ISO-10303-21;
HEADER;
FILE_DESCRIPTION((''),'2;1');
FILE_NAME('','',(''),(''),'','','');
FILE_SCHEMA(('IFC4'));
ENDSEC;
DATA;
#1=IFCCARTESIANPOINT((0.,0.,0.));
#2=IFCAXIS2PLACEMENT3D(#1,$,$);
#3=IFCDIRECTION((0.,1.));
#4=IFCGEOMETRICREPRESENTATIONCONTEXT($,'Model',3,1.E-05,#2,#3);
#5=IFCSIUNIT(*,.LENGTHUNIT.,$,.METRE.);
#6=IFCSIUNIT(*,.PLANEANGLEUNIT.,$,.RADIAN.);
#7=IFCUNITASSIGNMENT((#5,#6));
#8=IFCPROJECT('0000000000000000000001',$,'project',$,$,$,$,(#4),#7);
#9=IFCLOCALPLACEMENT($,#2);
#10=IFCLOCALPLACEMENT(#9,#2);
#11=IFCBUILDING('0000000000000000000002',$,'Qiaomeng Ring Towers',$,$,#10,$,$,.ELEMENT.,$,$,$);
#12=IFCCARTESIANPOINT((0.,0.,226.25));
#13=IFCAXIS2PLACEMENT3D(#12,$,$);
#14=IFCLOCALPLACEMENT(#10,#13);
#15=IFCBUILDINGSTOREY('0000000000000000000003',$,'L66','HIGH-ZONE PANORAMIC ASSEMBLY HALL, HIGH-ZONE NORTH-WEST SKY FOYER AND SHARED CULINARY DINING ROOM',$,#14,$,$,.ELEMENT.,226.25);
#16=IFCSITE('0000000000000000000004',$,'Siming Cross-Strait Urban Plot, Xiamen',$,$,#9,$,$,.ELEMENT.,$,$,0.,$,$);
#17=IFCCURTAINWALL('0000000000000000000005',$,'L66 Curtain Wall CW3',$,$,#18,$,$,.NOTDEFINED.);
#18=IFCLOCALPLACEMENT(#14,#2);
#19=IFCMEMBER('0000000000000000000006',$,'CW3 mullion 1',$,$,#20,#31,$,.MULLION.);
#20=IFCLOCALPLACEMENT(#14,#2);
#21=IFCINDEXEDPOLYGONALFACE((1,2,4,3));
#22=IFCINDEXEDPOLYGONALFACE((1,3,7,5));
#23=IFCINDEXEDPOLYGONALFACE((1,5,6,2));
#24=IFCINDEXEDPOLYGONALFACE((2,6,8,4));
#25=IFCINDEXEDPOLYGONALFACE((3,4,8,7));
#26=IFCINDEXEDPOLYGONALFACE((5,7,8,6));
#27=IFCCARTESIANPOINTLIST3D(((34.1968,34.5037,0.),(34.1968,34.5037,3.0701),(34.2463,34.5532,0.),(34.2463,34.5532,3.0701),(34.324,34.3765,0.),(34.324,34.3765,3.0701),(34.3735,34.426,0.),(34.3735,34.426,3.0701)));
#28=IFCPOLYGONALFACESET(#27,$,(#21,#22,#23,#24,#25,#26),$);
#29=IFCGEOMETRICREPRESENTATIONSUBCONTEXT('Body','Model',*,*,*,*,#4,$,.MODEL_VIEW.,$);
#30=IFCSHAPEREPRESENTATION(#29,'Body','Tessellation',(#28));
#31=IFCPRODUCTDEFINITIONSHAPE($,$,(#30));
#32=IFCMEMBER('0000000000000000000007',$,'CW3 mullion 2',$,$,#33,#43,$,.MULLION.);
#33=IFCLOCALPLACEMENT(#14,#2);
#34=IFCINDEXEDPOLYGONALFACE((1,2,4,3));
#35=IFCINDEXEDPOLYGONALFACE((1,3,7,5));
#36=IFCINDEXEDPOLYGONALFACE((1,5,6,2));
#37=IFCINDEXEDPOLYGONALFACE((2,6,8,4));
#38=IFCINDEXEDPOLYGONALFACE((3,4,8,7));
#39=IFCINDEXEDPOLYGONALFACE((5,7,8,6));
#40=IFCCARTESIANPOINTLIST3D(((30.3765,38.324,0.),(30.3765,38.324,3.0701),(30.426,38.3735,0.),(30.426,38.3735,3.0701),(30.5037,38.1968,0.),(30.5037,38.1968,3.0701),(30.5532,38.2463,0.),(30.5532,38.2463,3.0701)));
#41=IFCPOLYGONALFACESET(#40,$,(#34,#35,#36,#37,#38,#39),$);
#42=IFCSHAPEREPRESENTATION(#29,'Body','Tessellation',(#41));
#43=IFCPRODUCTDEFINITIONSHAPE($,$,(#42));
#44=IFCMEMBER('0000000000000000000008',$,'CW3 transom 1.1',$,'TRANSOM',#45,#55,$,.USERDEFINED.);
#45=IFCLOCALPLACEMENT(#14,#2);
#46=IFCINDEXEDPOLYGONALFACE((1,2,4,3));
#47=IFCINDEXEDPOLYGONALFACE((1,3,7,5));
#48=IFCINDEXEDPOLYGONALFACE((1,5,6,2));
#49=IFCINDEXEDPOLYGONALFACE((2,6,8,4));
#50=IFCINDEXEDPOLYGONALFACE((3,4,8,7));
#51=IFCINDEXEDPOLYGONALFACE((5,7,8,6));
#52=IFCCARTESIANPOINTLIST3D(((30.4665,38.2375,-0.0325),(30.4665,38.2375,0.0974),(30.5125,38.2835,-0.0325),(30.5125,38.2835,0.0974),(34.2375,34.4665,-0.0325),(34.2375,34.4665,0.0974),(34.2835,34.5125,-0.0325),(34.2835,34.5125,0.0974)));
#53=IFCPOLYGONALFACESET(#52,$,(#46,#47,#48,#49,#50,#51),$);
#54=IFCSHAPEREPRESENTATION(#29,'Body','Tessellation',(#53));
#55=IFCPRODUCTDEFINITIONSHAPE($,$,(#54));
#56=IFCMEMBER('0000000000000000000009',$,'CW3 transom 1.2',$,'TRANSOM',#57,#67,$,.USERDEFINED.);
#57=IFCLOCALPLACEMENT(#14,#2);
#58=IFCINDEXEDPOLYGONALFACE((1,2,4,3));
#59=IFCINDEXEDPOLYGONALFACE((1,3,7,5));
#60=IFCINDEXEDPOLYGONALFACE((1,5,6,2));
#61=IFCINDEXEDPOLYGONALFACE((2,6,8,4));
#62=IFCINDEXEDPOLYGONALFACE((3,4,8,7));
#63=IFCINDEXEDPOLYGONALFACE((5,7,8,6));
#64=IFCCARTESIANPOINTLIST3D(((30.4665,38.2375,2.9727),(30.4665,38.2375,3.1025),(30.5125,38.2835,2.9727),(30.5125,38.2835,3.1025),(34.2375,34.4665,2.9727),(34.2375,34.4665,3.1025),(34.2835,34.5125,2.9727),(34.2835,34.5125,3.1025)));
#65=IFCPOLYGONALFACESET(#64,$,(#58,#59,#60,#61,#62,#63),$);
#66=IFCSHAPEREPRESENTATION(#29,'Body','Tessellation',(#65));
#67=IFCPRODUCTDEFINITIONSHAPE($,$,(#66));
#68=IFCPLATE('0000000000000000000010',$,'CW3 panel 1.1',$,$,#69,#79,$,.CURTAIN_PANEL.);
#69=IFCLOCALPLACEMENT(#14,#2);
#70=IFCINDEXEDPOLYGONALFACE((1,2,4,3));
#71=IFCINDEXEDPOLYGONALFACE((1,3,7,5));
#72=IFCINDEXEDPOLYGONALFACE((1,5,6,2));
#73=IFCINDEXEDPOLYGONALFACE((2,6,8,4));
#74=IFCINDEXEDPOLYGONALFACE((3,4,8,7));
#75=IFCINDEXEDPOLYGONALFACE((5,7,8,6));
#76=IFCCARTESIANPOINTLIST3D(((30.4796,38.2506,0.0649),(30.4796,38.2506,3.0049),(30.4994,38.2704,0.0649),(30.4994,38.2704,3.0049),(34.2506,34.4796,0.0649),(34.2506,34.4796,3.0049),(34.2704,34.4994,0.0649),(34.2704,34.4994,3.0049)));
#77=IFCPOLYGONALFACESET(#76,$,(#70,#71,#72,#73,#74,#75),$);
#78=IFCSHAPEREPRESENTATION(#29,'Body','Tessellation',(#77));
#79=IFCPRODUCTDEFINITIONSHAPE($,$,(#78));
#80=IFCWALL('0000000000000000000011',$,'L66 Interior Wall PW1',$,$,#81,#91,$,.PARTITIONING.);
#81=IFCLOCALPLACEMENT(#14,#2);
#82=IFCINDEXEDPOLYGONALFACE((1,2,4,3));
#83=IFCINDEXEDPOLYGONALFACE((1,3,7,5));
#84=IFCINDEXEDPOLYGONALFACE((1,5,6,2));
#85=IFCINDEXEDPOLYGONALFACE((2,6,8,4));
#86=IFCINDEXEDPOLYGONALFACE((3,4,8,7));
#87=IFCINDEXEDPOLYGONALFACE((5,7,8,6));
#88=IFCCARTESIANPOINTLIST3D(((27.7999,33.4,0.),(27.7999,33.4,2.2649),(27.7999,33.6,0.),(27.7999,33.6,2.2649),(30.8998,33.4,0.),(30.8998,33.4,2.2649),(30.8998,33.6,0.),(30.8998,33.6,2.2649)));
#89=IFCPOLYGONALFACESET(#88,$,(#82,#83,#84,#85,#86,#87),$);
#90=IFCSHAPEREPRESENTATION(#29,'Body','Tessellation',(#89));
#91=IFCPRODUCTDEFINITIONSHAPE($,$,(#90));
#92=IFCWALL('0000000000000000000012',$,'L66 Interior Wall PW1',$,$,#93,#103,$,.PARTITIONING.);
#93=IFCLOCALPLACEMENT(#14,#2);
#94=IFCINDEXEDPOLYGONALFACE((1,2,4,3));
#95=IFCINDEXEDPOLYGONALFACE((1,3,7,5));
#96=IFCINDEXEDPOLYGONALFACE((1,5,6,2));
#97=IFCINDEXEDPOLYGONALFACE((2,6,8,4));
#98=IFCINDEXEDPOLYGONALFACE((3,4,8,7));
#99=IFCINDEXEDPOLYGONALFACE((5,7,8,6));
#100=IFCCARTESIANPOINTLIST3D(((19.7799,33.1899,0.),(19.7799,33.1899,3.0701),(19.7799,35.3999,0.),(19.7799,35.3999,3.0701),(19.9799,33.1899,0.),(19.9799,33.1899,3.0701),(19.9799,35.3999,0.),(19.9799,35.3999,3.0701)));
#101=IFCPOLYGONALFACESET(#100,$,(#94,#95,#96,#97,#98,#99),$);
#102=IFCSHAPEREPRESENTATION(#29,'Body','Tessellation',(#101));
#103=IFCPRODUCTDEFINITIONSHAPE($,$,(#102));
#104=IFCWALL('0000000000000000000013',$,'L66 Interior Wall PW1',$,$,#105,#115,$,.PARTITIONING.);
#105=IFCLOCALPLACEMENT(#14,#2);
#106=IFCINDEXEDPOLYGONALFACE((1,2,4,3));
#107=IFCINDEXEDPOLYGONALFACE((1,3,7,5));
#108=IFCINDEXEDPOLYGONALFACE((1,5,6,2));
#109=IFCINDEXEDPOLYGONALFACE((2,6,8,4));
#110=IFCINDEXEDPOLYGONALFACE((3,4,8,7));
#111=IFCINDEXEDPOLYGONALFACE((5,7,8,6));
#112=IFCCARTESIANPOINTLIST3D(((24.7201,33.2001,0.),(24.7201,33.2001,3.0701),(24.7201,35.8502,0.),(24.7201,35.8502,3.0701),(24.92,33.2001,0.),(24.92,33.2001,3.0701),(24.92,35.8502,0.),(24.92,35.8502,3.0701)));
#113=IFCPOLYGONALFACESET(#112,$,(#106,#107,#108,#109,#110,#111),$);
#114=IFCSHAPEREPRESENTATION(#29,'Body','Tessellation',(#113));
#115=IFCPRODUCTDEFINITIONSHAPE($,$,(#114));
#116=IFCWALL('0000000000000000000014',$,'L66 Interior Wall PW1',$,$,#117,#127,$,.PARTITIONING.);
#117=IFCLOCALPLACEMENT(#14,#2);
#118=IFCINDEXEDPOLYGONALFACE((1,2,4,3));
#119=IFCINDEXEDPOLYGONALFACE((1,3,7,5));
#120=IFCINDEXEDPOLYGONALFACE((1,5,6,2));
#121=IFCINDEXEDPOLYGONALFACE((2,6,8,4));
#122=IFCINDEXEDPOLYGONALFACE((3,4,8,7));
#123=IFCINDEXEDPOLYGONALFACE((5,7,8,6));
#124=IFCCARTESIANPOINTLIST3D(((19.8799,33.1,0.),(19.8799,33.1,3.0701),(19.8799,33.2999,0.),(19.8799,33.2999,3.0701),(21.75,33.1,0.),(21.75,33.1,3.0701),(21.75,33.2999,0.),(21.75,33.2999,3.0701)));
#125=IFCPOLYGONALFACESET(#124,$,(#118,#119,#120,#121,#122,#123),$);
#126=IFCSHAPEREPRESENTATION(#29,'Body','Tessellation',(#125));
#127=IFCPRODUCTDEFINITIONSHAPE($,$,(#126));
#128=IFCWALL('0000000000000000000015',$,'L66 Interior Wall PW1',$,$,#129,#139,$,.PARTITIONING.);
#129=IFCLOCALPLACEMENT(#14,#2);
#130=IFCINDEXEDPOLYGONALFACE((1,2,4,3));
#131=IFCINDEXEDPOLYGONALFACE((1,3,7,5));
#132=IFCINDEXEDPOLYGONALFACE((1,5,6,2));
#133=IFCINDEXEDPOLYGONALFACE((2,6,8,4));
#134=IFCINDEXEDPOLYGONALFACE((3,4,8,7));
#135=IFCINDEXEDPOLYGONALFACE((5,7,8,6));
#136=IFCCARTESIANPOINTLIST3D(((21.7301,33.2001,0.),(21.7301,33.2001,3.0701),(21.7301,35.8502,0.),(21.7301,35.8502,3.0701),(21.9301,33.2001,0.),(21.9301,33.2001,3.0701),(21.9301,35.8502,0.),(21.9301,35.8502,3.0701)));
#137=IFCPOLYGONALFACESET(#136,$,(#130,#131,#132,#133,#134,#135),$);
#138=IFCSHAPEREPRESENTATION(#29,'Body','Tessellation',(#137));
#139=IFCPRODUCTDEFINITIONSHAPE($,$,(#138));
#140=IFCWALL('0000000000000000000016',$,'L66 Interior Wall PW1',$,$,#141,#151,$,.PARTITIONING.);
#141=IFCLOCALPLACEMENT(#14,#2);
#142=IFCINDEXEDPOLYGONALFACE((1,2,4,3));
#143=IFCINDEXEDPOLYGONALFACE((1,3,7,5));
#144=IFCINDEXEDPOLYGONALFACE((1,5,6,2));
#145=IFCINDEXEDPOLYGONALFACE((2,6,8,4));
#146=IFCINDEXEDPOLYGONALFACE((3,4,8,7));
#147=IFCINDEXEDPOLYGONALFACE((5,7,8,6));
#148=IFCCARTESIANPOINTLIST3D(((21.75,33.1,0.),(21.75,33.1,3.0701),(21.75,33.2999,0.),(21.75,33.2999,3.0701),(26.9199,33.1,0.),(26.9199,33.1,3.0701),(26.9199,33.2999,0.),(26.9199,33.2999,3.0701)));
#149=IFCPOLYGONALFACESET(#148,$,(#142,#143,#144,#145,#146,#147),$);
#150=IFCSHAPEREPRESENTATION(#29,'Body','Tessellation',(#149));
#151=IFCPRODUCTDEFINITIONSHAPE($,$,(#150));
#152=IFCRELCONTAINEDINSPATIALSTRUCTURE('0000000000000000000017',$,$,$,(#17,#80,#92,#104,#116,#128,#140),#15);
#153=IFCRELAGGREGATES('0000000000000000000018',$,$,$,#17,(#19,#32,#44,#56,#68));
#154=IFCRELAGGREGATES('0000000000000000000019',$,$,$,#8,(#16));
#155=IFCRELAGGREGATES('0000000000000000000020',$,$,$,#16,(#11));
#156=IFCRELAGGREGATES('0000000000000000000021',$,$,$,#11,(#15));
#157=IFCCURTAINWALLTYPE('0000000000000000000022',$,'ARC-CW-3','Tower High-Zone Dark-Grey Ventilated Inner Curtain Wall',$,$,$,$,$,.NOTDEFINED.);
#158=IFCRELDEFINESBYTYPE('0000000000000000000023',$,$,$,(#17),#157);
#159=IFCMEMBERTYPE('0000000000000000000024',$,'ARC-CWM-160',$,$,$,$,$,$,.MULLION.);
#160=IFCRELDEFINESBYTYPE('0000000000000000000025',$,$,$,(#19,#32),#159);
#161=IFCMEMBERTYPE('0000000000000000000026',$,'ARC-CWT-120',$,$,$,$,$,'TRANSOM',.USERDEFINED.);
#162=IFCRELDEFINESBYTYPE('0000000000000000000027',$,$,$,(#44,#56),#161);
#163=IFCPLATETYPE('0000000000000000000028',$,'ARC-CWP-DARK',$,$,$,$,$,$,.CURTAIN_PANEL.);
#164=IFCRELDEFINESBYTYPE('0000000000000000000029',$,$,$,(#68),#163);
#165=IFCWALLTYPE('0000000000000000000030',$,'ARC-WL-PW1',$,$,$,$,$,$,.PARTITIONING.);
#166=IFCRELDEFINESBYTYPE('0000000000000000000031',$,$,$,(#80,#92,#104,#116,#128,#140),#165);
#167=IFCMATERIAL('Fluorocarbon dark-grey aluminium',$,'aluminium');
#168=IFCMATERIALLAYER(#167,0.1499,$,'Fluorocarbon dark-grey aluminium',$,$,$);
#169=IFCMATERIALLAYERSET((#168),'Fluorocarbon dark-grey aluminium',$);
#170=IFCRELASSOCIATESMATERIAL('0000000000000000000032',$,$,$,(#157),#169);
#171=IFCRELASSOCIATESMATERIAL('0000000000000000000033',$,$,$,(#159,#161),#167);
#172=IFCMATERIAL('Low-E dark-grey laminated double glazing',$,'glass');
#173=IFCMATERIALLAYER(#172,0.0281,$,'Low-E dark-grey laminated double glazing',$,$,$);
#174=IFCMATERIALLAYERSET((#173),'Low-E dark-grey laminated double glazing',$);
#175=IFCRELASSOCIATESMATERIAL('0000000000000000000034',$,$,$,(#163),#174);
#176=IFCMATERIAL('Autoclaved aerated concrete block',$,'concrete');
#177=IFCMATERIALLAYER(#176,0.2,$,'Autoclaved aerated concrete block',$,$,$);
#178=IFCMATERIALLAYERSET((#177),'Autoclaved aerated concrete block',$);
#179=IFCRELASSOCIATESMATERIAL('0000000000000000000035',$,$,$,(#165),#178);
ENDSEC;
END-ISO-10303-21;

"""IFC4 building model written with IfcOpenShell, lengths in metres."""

from ifc_helpers import new_model, si_unit, direction, frame, frame_2d, origin, origin_2d, place, context, subcontext, project, spatial, rectangle, extrude, source, transform, mapped, material, layer, layer_set, material_profile, profile_set, type_object, element, aggregate, save


model = new_model("IFC4")

# Units and contexts
model_context = context("Model", 3, precision=1e-05, world=origin(), true_north=direction((0.0, 1.0)))
body_context = subcontext(model_context, "Body", "Model", "MODEL_VIEW")
ifc_project = project(units=[si_unit("LENGTHUNIT", "METRE"), si_unit("PLANEANGLEUNIT", "RADIAN")], contexts=[model_context])

# Site, building, storey
site_placement = place(None, origin())
site = spatial("IfcSite", under=ifc_project, at=site_placement, Name="Siming Cross-Strait Urban Plot, Xiamen", CompositionType="ELEMENT", RefElevation=0.0)
building_placement = place(site_placement, origin())
building = spatial("IfcBuilding", under=site, at=building_placement, Name="Qiaomeng Ring Towers", CompositionType="ELEMENT")
storey_placement = place(building_placement, frame((0.0, 0.0, 226.25)))
storey = spatial("IfcBuildingStorey", under=building, at=storey_placement, Name="L66", Description="HIGH-ZONE PANORAMIC ASSEMBLY HALL, HIGH-ZONE NORTH-WEST SKY FOYER AND SHARED CULINARY DINING ROOM", CompositionType="ELEMENT", Elevation=226.25)

# Curtain wall, members, plate
ifc_material_1 = material(Name="Fluorocarbon dark-grey aluminium", Category="aluminium")
ifc_layer_1 = layer(ifc_material_1, 0.1499, Name="Fluorocarbon dark-grey aluminium")
ifc_layer_set_1 = layer_set([ifc_layer_1], Name="Fluorocarbon dark-grey aluminium")
curtain_wall_type = type_object("IfcCurtainWallType", Name="ARC-CW-3", Description="Tower High-Zone Dark-Grey Ventilated Inner Curtain Wall", PredefinedType="NOTDEFINED", material=ifc_layer_set_1)
curtain_wall_placement = place(storey_placement, origin())
curtain_wall = element("IfcCurtainWall", 1, at=curtain_wall_placement, inside=storey, type_object=curtain_wall_type, Name="L66 Curtain Wall CW3", PredefinedType="NOTDEFINED")
ifc_material_profile_1 = material_profile(ifc_material_1, rectangle(XDim=0.0701, YDim=0.1799, at=origin_2d()), Name="ALU MULL 70x180")
ifc_profile_set_1 = profile_set([ifc_material_profile_1], Name="Fluorocarbon dark-grey aluminium")
member_type_1 = type_object("IfcMemberType", Name="ARC-CWM-160", PredefinedType="MULLION", material=ifc_profile_set_1)
shared_shape_1 = source(origin(), body_context, "Body", "SweptSolid", [
    extrude(rectangle(XDim=0.0701, YDim=0.1799, at=origin_2d()), origin(), (0.0, 0.0, 1.0), 3.0701),
])
member_1_placement = place(storey_placement, frame((34.2852, 34.4648, 0.0), z_axis=(0.0, 0.0, 1.0), x_axis=(-0.707107, -0.707107, 0.0)))
member_1 = element("IfcMember", 2, at=member_1_placement, type_object=member_type_1, Name="CW3 mullion 1", PredefinedType="MULLION", context=body_context, shape_type="MappedRepresentation", body=[
    mapped(shared_shape_1, transform((0.0, 0.0, 0.0), x_axis=(1.0, 0.0, 0.0), y_axis=(0.0, 1.0, 0.0), z_axis=(0.0, 0.0, 1.0), scale=1.0)),
])
member_2_placement = place(storey_placement, frame((30.4648, 38.2852, 0.0), z_axis=(0.0, 0.0, 1.0), x_axis=(-0.707107, -0.707107, 0.0)))
member_2 = element("IfcMember", 3, at=member_2_placement, type_object=member_type_1, Name="CW3 mullion 2", PredefinedType="MULLION", context=body_context, shape_type="MappedRepresentation", body=[
    mapped(shared_shape_1, transform((0.0, 0.0, 0.0), x_axis=(1.0, 0.0, 0.0), y_axis=(0.0, 1.0, 0.0), z_axis=(0.0, 0.0, 1.0), scale=1.0)),
])
ifc_material_profile_2 = material_profile(ifc_material_1, rectangle(XDim=0.0649, YDim=0.1299, at=origin_2d()), Name="ALU TRAN 65x130")
ifc_profile_set_2 = profile_set([ifc_material_profile_2], Name="Fluorocarbon dark-grey aluminium")
member_type_2 = type_object("IfcMemberType", Name="ARC-CWT-120", ElementType="TRANSOM", PredefinedType="USERDEFINED", material=ifc_profile_set_2)
shared_shape_2 = source(origin(), body_context, "Body", "SweptSolid", [
    extrude(rectangle(XDim=0.0649, YDim=0.1299, at=origin_2d()), origin(), (0.0, 0.0, 1.0), 5.333),
])
member_3_placement = place(storey_placement, frame((34.2605, 34.4895, 0.0325), z_axis=(-0.707107, 0.707107, 0.0), x_axis=(-0.707107, -0.707107, 0.0)))
member_3 = element("IfcMember", 4, at=member_3_placement, type_object=member_type_2, Name="CW3 transom 1.1", ObjectType="TRANSOM", PredefinedType="USERDEFINED", context=body_context, shape_type="MappedRepresentation", body=[
    mapped(shared_shape_2, transform((0.0, 0.0, 0.0), x_axis=(1.0, 0.0, 0.0), y_axis=(0.0, 1.0, 0.0), z_axis=(0.0, 0.0, 1.0), scale=1.0)),
])
member_4_placement = place(storey_placement, frame((34.2605, 34.4895, 3.0376), z_axis=(-0.707107, 0.707107, 0.0), x_axis=(-0.707107, -0.707107, 0.0)))
member_4 = element("IfcMember", 5, at=member_4_placement, type_object=member_type_2, Name="CW3 transom 1.2", ObjectType="TRANSOM", PredefinedType="USERDEFINED", context=body_context, shape_type="MappedRepresentation", body=[
    mapped(shared_shape_2, transform((0.0, 0.0, 0.0), x_axis=(1.0, 0.0, 0.0), y_axis=(0.0, 1.0, 0.0), z_axis=(0.0, 0.0, 1.0), scale=1.0)),
])
ifc_material_2 = material(Name="Low-E dark-grey laminated double glazing", Category="glass")
ifc_layer_2 = layer(ifc_material_2, 0.0281, Name="Low-E dark-grey laminated double glazing")
ifc_layer_set_2 = layer_set([ifc_layer_2], Name="Low-E dark-grey laminated double glazing")
plate_type = type_object("IfcPlateType", Name="ARC-CWP-DARK", PredefinedType="CURTAIN_PANEL", material=ifc_layer_set_2)
shared_shape_3 = source(origin(), body_context, "Body", "SweptSolid", [
    extrude(rectangle(XDim=5.333, YDim=0.0281, at=origin_2d()), origin(), (0.0, 0.0, 1.0), 2.9399),
])
plate_placement = place(storey_placement, frame((32.375, 36.375, 0.0649), z_axis=(0.0, 0.0, 1.0), x_axis=(-0.707107, 0.707107, 0.0)))
plate = element("IfcPlate", 6, at=plate_placement, type_object=plate_type, Name="CW3 panel 1.1", PredefinedType="CURTAIN_PANEL", context=body_context, shape_type="MappedRepresentation", body=[
    mapped(shared_shape_3, transform((0.0, 0.0, 0.0), x_axis=(1.0, 0.0, 0.0), y_axis=(0.0, 1.0, 0.0), z_axis=(0.0, 0.0, 1.0), scale=1.0)),
])
aggregate(curtain_wall, [member_1, member_2, member_3, member_4, plate])

# Walls
ifc_material_3 = material(Name="Autoclaved aerated concrete block", Category="concrete")
ifc_layer_3 = layer(ifc_material_3, 0.2, Name="Autoclaved aerated concrete block")
ifc_layer_set_3 = layer_set([ifc_layer_3], Name="Autoclaved aerated concrete block")
wall_type_1 = type_object("IfcWallType", Name="ARC-WL-PW1", PredefinedType="PARTITIONING", material=ifc_layer_set_3)
wall_1_placement = place(storey_placement, frame((27.8, 33.5, 0.0), z_axis=(0.0, 0.0, 1.0), x_axis=(1.0, 0.0, 0.0)))
element("IfcWall", 7, at=wall_1_placement, inside=storey, type_object=wall_type_1, Name="L66 Interior Wall PW1", PredefinedType="PARTITIONING", context=body_context, shape_type="SweptSolid", body=[
    extrude(rectangle(XDim=3.0999, YDim=0.2, at=frame_2d((1.5498, 0.0))), origin(), (0.0, 0.0, 1.0), 2.2649),
])
wall_2_placement = place(storey_placement, frame((19.8799, 33.1899, 0.0), z_axis=(0.0, 0.0, 1.0), x_axis=(0.0, 1.0, 0.0)))
element("IfcWall", 8, at=wall_2_placement, inside=storey, type_object=wall_type_1, Name="L66 Interior Wall PW1", PredefinedType="PARTITIONING", context=body_context, shape_type="SweptSolid", body=[
    extrude(rectangle(XDim=2.21, YDim=0.2, at=frame_2d((1.105, 0.0))), origin(), (0.0, 0.0, 1.0), 3.0701),
])
wall_3_placement = place(storey_placement, frame((24.8201, 33.2, 0.0), z_axis=(0.0, 0.0, 1.0), x_axis=(0.0, 1.0, 0.0)))
element("IfcWall", 9, at=wall_3_placement, inside=storey, type_object=wall_type_1, Name="L66 Interior Wall PW1", PredefinedType="PARTITIONING", context=body_context, shape_type="SweptSolid", body=[
    extrude(rectangle(XDim=2.6501, YDim=0.2, at=frame_2d((1.3252, 0.0))), origin(), (0.0, 0.0, 1.0), 3.0701),
])
wall_4_placement = place(storey_placement, frame((19.8799, 33.2, 0.0), z_axis=(0.0, 0.0, 1.0), x_axis=(1.0, 0.0, 0.0)))
element("IfcWall", 10, at=wall_4_placement, inside=storey, type_object=wall_type_1, Name="L66 Interior Wall PW1", PredefinedType="PARTITIONING", context=body_context, shape_type="SweptSolid", body=[
    extrude(rectangle(XDim=1.8701, YDim=0.2, at=frame_2d((0.9351, 0.0))), origin(), (0.0, 0.0, 1.0), 3.0701),
])
wall_5_placement = place(storey_placement, frame((21.8301, 33.2, 0.0), z_axis=(0.0, 0.0, 1.0), x_axis=(0.0, 1.0, 0.0)))
element("IfcWall", 11, at=wall_5_placement, inside=storey, type_object=wall_type_1, Name="L66 Interior Wall PW1", PredefinedType="PARTITIONING", context=body_context, shape_type="SweptSolid", body=[
    extrude(rectangle(XDim=2.6501, YDim=0.2, at=frame_2d((1.3252, 0.0))), origin(), (0.0, 0.0, 1.0), 3.0701),
])
wall_6_placement = place(storey_placement, frame((21.75, 33.2, 0.0), z_axis=(0.0, 0.0, 1.0), x_axis=(1.0, 0.0, 0.0)))
element("IfcWall", 12, at=wall_6_placement, inside=storey, type_object=wall_type_1, Name="L66 Interior Wall PW1", PredefinedType="PARTITIONING", context=body_context, shape_type="SweptSolid", body=[
    extrude(rectangle(XDim=5.1699, YDim=0.2, at=frame_2d((2.585, 0.0))), origin(), (0.0, 0.0, 1.0), 3.0701),
])

save(model, "model.ifc")
